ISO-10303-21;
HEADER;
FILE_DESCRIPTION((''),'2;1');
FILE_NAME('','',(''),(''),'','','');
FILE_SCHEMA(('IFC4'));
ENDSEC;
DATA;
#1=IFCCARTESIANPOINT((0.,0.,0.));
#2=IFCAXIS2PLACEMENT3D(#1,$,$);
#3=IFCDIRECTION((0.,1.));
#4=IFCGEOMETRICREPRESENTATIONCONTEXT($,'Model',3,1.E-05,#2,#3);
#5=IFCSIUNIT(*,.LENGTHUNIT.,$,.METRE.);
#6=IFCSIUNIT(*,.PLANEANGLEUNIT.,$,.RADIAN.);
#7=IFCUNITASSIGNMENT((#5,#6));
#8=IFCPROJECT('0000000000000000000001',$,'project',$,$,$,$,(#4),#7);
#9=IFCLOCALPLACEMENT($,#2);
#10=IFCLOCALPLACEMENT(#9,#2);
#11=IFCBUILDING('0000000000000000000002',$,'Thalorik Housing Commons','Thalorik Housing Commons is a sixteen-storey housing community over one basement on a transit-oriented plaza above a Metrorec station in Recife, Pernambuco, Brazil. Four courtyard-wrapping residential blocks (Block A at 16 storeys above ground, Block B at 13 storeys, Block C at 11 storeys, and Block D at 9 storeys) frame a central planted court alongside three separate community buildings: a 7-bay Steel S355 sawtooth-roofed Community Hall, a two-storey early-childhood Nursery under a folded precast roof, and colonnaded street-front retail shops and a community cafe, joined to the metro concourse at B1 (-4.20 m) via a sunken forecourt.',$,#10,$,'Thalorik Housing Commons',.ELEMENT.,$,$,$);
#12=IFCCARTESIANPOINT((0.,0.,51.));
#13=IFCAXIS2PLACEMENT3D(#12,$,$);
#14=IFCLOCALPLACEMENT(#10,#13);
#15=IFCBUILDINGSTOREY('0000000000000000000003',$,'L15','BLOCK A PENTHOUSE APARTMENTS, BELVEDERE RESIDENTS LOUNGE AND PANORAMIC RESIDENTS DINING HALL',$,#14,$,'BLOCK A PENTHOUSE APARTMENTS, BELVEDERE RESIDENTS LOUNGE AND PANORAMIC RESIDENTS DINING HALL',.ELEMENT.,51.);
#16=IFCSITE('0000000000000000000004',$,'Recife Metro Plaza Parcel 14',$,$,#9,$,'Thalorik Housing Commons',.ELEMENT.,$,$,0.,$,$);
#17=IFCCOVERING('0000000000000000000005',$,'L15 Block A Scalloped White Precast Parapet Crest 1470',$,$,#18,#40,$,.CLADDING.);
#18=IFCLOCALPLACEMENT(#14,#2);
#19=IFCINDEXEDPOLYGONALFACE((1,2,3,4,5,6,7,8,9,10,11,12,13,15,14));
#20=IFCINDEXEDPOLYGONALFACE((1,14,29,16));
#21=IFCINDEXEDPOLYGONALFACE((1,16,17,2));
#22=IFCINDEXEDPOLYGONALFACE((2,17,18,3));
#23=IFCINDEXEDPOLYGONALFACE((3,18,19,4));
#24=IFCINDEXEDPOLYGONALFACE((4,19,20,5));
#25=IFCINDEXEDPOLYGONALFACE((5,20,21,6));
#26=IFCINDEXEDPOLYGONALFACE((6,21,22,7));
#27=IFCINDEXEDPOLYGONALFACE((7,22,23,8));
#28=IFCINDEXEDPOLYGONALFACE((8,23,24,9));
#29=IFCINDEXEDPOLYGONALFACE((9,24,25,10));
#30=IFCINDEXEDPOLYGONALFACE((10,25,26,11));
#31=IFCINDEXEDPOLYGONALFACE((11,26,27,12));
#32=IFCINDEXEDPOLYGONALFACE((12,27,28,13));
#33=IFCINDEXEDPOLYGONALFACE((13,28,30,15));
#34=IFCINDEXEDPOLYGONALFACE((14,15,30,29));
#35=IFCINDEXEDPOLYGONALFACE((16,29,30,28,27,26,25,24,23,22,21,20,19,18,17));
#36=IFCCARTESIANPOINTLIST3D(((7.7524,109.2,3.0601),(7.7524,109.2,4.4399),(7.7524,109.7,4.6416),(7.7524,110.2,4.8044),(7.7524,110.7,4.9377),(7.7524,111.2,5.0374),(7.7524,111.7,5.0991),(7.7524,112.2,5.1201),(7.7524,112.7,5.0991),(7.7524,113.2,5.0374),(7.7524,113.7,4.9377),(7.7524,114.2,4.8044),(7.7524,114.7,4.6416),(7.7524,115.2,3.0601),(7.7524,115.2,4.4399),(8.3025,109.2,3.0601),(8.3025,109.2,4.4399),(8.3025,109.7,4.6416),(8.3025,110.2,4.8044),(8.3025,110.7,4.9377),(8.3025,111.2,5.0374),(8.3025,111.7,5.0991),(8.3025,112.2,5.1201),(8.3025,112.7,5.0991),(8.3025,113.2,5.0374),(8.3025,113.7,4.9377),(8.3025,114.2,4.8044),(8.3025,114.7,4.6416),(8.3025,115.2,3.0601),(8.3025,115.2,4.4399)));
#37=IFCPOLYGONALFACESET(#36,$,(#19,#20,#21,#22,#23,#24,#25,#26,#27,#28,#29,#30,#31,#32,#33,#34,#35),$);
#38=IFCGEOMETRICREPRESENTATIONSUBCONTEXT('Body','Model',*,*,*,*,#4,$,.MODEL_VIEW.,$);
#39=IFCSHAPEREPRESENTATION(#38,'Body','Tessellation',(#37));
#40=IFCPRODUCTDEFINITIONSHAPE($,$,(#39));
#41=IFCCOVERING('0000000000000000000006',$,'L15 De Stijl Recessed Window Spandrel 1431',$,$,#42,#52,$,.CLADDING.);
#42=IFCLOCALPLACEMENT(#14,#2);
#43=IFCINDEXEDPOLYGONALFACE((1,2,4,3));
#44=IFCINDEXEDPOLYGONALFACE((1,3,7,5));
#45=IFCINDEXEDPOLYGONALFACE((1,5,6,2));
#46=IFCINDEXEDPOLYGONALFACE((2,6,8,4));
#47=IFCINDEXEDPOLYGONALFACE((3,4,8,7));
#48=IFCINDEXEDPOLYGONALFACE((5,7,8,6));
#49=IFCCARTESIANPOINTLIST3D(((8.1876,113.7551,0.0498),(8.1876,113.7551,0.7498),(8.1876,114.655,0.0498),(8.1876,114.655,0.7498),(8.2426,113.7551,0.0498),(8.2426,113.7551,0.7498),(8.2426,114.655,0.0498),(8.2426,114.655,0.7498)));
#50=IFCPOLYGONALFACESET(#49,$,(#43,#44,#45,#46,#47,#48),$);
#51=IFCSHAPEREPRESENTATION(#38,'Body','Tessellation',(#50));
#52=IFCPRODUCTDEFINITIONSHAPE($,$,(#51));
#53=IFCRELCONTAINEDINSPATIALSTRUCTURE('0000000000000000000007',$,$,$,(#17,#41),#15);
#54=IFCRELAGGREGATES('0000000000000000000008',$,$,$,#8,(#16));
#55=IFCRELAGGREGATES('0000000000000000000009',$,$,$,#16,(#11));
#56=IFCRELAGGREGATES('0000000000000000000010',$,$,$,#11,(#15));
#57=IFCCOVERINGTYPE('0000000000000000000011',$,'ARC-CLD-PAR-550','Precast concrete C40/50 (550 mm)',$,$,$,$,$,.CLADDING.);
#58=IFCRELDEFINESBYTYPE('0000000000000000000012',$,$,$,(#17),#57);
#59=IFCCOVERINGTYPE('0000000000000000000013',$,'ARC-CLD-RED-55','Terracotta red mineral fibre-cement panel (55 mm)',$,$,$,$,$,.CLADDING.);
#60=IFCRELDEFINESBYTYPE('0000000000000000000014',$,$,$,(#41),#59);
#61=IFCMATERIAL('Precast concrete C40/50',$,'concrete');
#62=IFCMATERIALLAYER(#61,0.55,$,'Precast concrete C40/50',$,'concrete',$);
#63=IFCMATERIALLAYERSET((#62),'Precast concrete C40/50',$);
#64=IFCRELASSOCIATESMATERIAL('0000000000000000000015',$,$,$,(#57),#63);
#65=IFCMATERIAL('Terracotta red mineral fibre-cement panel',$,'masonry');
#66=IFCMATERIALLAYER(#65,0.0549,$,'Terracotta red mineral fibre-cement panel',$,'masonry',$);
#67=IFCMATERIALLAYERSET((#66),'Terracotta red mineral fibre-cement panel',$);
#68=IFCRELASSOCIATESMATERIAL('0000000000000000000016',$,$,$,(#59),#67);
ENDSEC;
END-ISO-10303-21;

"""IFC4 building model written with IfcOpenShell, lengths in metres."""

from ifc_helpers import new_model, si_unit, direction, frame, origin, origin_2d, place, context, subcontext, project, spatial, polyline, rectangle, outline, extrude, material, layer, layer_set, type_object, element, save


model = new_model("IFC4")

# Units and contexts
model_context = context("Model", 3, precision=1e-05, world=origin(), true_north=direction((0.0, 1.0)))
body_context = subcontext(model_context, "Body", "Model", "MODEL_VIEW")
ifc_project = project(units=[si_unit("LENGTHUNIT", "METRE"), si_unit("PLANEANGLEUNIT", "RADIAN")], contexts=[model_context])

# Site, building, storey
site_placement = place(None, origin())
site = spatial("IfcSite", under=ifc_project, at=site_placement, Name="Recife Metro Plaza Parcel 14", LongName="Thalorik Housing Commons", CompositionType="ELEMENT", RefElevation=0.0)
building_placement = place(site_placement, origin())
building = spatial("IfcBuilding", under=site, at=building_placement, Name="Thalorik Housing Commons", Description="Thalorik Housing Commons is a sixteen-storey housing community over one basement on a transit-oriented plaza above a Metrorec station in Recife, Pernambuco, Brazil. Four courtyard-wrapping residential blocks (Block A at 16 storeys above ground, Block B at 13 storeys, Block C at 11 storeys, and Block D at 9 storeys) frame a central planted court alongside three separate community buildings: a 7-bay Steel S355 sawtooth-roofed Community Hall, a two-storey early-childhood Nursery under a folded precast roof, and colonnaded street-front retail shops and a community cafe, joined to the metro concourse at B1 (-4.20 m) via a sunken forecourt.", LongName="Thalorik Housing Commons", CompositionType="ELEMENT")
storey_placement = place(building_placement, frame((0.0, 0.0, 51.0)))
storey = spatial("IfcBuildingStorey", under=building, at=storey_placement, Name="L15", Description="BLOCK A PENTHOUSE APARTMENTS, BELVEDERE RESIDENTS LOUNGE AND PANORAMIC RESIDENTS DINING HALL", LongName="BLOCK A PENTHOUSE APARTMENTS, BELVEDERE RESIDENTS LOUNGE AND PANORAMIC RESIDENTS DINING HALL", CompositionType="ELEMENT", Elevation=51.0)

# Shared definitions
ifc_material_1 = material(Name="Precast concrete C40/50", Category="concrete")

# Coverings
ifc_layer_1 = layer(ifc_material_1, 0.55, Name="Precast concrete C40/50", Category="concrete")
ifc_layer_set_1 = layer_set([ifc_layer_1], Name="Precast concrete C40/50")
covering_type_1 = type_object("IfcCoveringType", Name="ARC-CLD-PAR-550", Description="Precast concrete C40/50 (550 mm)", PredefinedType="CLADDING", material=ifc_layer_set_1)
covering_1_placement = place(storey_placement, frame((8.0276, 112.2, 3.0601), z_axis=(0.0, 0.0, 1.0), x_axis=(0.0, -1.0, 0.0)))
element("IfcCovering", 1, at=covering_1_placement, inside=storey, type_object=covering_type_1, Name="L15 Block A Scalloped White Precast Parapet Crest 1470", PredefinedType="CLADDING", context=body_context, shape_type="SweptSolid", body=[
    extrude(outline(polyline([(-3.0, 0.0), (3.0, 0.0), (3.0, 1.3799), (2.5, 1.5815), (2.0, 1.7444), (1.5, 1.8777), (1.0, 1.9773), (0.5, 2.0391), (0.0, 2.0601), (-0.5, 2.0391), (-1.0, 1.9773), (-1.5, 1.8777), (-2.0, 1.7444), (-2.5, 1.5815), (-3.0, 1.3799), (-3.0, 0.0)])), frame((0.0, 0.2749, 0.0), z_axis=(0.0, -1.0, 0.0), x_axis=(1.0, 0.0, 0.0)), (0.0, 0.0, 1.0), 0.55),
])
ifc_material_2 = material(Name="Terracotta red mineral fibre-cement panel", Category="masonry")
ifc_layer_2 = layer(ifc_material_2, 0.0549, Name="Terracotta red mineral fibre-cement panel", Category="masonry")
ifc_layer_set_2 = layer_set([ifc_layer_2], Name="Terracotta red mineral fibre-cement panel")
covering_type_2 = type_object("IfcCoveringType", Name="ARC-CLD-RED-55", Description="Terracotta red mineral fibre-cement panel (55 mm)", PredefinedType="CLADDING", material=ifc_layer_set_2)
covering_2_placement = place(storey_placement, frame((8.2151, 114.2051, 0.0498), z_axis=(0.0, 0.0, 1.0), x_axis=(0.0, -1.0, 0.0)))
element("IfcCovering", 2, at=covering_2_placement, inside=storey, type_object=covering_type_2, Name="L15 De Stijl Recessed Window Spandrel 1431", PredefinedType="CLADDING", context=body_context, shape_type="SweptSolid", body=[
    extrude(rectangle(XDim=0.8999, YDim=0.0549, at=origin_2d()), origin(), (0.0, 0.0, 1.0), 0.7),
])

save(model, "model.ifc")
